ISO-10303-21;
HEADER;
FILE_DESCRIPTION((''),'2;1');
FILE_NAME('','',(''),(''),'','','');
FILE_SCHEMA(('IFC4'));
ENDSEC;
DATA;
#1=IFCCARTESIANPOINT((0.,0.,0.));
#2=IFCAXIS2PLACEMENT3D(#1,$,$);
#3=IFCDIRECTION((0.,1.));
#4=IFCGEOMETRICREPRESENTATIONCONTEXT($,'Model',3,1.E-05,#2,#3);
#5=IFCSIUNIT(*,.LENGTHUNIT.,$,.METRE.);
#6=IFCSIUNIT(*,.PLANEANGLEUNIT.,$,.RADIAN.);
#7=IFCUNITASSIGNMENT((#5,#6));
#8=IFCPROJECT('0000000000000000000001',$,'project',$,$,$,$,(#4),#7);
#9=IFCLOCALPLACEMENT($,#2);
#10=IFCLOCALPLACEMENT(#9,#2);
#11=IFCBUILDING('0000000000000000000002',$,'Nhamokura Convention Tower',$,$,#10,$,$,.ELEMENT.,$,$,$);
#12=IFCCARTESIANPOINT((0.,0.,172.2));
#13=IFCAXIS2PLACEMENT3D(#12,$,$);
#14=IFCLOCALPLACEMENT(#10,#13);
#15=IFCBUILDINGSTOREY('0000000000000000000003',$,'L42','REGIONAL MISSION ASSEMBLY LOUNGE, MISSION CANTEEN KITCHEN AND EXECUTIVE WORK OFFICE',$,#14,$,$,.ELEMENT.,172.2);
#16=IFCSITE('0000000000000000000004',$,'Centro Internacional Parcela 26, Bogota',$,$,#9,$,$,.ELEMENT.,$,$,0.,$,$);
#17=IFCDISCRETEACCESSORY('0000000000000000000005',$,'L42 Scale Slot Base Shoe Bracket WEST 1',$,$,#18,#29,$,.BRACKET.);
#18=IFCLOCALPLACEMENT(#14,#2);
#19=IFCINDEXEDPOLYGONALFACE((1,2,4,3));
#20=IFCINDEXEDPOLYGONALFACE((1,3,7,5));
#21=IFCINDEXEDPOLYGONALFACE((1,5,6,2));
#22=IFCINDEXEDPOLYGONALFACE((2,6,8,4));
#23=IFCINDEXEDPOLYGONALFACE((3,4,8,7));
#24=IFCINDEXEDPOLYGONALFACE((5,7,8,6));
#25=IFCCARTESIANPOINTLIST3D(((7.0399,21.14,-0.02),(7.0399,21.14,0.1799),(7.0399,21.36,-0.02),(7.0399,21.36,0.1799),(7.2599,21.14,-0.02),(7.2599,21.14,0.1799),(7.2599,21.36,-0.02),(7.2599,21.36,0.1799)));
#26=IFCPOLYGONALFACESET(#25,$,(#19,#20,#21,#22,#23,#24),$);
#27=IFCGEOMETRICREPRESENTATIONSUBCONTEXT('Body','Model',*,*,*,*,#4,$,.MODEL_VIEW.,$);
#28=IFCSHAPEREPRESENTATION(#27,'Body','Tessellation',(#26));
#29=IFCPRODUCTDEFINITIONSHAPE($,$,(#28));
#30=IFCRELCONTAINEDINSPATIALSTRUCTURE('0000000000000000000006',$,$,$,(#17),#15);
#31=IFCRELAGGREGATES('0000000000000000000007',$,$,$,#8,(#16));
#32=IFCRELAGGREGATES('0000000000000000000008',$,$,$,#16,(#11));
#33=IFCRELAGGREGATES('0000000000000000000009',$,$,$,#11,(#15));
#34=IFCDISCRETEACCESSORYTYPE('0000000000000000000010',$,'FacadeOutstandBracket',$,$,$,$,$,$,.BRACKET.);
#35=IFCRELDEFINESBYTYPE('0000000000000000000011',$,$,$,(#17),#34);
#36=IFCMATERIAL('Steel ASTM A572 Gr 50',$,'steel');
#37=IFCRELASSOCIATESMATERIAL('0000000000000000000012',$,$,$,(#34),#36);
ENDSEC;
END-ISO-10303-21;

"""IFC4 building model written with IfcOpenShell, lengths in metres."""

from ifc_helpers import new_model, si_unit, direction, frame, origin, origin_2d, place, context, subcontext, project, spatial, rectangle, extrude, material, type_object, element, save


model = new_model("IFC4")

# Units and contexts
model_context = context("Model", 3, precision=1e-05, world=origin(), true_north=direction((0.0, 1.0)))
body_context = subcontext(model_context, "Body", "Model", "MODEL_VIEW")
ifc_project = project(units=[si_unit("LENGTHUNIT", "METRE"), si_unit("PLANEANGLEUNIT", "RADIAN")], contexts=[model_context])

# Site, building, storey
site_placement = place(None, origin())
site = spatial("IfcSite", under=ifc_project, at=site_placement, Name="Centro Internacional Parcela 26, Bogota", CompositionType="ELEMENT", RefElevation=0.0)
building_placement = place(site_placement, origin())
building = spatial("IfcBuilding", under=site, at=building_placement, Name="Nhamokura Convention Tower", CompositionType="ELEMENT")
storey_placement = place(building_placement, frame((0.0, 0.0, 172.2)))
storey = spatial("IfcBuildingStorey", under=building, at=storey_placement, Name="L42", Description="REGIONAL MISSION ASSEMBLY LOUNGE, MISSION CANTEEN KITCHEN AND EXECUTIVE WORK OFFICE", CompositionType="ELEMENT", Elevation=172.2)

# Discrete accessory
ifc_material_1 = material(Name="Steel ASTM A572 Gr 50", Category="steel")
discrete_accessory_type = type_object("IfcDiscreteAccessoryType", Name="FacadeOutstandBracket", PredefinedType="BRACKET", material=ifc_material_1)
discrete_accessory_placement = place(storey_placement, frame((7.1499, 21.25, -0.02), z_axis=(0.0, 0.0, 1.0), x_axis=(1.0, 0.0, 0.0)))
element("IfcDiscreteAccessory", 1, at=discrete_accessory_placement, inside=storey, type_object=discrete_accessory_type, Name="L42 Scale Slot Base Shoe Bracket WEST 1", PredefinedType="BRACKET", context=body_context, shape_type="SweptSolid", body=[
    extrude(rectangle(XDim=0.22, YDim=0.22, at=origin_2d()), origin(), (0.0, 0.0, 1.0), 0.2),
])

save(model, "model.ifc")
